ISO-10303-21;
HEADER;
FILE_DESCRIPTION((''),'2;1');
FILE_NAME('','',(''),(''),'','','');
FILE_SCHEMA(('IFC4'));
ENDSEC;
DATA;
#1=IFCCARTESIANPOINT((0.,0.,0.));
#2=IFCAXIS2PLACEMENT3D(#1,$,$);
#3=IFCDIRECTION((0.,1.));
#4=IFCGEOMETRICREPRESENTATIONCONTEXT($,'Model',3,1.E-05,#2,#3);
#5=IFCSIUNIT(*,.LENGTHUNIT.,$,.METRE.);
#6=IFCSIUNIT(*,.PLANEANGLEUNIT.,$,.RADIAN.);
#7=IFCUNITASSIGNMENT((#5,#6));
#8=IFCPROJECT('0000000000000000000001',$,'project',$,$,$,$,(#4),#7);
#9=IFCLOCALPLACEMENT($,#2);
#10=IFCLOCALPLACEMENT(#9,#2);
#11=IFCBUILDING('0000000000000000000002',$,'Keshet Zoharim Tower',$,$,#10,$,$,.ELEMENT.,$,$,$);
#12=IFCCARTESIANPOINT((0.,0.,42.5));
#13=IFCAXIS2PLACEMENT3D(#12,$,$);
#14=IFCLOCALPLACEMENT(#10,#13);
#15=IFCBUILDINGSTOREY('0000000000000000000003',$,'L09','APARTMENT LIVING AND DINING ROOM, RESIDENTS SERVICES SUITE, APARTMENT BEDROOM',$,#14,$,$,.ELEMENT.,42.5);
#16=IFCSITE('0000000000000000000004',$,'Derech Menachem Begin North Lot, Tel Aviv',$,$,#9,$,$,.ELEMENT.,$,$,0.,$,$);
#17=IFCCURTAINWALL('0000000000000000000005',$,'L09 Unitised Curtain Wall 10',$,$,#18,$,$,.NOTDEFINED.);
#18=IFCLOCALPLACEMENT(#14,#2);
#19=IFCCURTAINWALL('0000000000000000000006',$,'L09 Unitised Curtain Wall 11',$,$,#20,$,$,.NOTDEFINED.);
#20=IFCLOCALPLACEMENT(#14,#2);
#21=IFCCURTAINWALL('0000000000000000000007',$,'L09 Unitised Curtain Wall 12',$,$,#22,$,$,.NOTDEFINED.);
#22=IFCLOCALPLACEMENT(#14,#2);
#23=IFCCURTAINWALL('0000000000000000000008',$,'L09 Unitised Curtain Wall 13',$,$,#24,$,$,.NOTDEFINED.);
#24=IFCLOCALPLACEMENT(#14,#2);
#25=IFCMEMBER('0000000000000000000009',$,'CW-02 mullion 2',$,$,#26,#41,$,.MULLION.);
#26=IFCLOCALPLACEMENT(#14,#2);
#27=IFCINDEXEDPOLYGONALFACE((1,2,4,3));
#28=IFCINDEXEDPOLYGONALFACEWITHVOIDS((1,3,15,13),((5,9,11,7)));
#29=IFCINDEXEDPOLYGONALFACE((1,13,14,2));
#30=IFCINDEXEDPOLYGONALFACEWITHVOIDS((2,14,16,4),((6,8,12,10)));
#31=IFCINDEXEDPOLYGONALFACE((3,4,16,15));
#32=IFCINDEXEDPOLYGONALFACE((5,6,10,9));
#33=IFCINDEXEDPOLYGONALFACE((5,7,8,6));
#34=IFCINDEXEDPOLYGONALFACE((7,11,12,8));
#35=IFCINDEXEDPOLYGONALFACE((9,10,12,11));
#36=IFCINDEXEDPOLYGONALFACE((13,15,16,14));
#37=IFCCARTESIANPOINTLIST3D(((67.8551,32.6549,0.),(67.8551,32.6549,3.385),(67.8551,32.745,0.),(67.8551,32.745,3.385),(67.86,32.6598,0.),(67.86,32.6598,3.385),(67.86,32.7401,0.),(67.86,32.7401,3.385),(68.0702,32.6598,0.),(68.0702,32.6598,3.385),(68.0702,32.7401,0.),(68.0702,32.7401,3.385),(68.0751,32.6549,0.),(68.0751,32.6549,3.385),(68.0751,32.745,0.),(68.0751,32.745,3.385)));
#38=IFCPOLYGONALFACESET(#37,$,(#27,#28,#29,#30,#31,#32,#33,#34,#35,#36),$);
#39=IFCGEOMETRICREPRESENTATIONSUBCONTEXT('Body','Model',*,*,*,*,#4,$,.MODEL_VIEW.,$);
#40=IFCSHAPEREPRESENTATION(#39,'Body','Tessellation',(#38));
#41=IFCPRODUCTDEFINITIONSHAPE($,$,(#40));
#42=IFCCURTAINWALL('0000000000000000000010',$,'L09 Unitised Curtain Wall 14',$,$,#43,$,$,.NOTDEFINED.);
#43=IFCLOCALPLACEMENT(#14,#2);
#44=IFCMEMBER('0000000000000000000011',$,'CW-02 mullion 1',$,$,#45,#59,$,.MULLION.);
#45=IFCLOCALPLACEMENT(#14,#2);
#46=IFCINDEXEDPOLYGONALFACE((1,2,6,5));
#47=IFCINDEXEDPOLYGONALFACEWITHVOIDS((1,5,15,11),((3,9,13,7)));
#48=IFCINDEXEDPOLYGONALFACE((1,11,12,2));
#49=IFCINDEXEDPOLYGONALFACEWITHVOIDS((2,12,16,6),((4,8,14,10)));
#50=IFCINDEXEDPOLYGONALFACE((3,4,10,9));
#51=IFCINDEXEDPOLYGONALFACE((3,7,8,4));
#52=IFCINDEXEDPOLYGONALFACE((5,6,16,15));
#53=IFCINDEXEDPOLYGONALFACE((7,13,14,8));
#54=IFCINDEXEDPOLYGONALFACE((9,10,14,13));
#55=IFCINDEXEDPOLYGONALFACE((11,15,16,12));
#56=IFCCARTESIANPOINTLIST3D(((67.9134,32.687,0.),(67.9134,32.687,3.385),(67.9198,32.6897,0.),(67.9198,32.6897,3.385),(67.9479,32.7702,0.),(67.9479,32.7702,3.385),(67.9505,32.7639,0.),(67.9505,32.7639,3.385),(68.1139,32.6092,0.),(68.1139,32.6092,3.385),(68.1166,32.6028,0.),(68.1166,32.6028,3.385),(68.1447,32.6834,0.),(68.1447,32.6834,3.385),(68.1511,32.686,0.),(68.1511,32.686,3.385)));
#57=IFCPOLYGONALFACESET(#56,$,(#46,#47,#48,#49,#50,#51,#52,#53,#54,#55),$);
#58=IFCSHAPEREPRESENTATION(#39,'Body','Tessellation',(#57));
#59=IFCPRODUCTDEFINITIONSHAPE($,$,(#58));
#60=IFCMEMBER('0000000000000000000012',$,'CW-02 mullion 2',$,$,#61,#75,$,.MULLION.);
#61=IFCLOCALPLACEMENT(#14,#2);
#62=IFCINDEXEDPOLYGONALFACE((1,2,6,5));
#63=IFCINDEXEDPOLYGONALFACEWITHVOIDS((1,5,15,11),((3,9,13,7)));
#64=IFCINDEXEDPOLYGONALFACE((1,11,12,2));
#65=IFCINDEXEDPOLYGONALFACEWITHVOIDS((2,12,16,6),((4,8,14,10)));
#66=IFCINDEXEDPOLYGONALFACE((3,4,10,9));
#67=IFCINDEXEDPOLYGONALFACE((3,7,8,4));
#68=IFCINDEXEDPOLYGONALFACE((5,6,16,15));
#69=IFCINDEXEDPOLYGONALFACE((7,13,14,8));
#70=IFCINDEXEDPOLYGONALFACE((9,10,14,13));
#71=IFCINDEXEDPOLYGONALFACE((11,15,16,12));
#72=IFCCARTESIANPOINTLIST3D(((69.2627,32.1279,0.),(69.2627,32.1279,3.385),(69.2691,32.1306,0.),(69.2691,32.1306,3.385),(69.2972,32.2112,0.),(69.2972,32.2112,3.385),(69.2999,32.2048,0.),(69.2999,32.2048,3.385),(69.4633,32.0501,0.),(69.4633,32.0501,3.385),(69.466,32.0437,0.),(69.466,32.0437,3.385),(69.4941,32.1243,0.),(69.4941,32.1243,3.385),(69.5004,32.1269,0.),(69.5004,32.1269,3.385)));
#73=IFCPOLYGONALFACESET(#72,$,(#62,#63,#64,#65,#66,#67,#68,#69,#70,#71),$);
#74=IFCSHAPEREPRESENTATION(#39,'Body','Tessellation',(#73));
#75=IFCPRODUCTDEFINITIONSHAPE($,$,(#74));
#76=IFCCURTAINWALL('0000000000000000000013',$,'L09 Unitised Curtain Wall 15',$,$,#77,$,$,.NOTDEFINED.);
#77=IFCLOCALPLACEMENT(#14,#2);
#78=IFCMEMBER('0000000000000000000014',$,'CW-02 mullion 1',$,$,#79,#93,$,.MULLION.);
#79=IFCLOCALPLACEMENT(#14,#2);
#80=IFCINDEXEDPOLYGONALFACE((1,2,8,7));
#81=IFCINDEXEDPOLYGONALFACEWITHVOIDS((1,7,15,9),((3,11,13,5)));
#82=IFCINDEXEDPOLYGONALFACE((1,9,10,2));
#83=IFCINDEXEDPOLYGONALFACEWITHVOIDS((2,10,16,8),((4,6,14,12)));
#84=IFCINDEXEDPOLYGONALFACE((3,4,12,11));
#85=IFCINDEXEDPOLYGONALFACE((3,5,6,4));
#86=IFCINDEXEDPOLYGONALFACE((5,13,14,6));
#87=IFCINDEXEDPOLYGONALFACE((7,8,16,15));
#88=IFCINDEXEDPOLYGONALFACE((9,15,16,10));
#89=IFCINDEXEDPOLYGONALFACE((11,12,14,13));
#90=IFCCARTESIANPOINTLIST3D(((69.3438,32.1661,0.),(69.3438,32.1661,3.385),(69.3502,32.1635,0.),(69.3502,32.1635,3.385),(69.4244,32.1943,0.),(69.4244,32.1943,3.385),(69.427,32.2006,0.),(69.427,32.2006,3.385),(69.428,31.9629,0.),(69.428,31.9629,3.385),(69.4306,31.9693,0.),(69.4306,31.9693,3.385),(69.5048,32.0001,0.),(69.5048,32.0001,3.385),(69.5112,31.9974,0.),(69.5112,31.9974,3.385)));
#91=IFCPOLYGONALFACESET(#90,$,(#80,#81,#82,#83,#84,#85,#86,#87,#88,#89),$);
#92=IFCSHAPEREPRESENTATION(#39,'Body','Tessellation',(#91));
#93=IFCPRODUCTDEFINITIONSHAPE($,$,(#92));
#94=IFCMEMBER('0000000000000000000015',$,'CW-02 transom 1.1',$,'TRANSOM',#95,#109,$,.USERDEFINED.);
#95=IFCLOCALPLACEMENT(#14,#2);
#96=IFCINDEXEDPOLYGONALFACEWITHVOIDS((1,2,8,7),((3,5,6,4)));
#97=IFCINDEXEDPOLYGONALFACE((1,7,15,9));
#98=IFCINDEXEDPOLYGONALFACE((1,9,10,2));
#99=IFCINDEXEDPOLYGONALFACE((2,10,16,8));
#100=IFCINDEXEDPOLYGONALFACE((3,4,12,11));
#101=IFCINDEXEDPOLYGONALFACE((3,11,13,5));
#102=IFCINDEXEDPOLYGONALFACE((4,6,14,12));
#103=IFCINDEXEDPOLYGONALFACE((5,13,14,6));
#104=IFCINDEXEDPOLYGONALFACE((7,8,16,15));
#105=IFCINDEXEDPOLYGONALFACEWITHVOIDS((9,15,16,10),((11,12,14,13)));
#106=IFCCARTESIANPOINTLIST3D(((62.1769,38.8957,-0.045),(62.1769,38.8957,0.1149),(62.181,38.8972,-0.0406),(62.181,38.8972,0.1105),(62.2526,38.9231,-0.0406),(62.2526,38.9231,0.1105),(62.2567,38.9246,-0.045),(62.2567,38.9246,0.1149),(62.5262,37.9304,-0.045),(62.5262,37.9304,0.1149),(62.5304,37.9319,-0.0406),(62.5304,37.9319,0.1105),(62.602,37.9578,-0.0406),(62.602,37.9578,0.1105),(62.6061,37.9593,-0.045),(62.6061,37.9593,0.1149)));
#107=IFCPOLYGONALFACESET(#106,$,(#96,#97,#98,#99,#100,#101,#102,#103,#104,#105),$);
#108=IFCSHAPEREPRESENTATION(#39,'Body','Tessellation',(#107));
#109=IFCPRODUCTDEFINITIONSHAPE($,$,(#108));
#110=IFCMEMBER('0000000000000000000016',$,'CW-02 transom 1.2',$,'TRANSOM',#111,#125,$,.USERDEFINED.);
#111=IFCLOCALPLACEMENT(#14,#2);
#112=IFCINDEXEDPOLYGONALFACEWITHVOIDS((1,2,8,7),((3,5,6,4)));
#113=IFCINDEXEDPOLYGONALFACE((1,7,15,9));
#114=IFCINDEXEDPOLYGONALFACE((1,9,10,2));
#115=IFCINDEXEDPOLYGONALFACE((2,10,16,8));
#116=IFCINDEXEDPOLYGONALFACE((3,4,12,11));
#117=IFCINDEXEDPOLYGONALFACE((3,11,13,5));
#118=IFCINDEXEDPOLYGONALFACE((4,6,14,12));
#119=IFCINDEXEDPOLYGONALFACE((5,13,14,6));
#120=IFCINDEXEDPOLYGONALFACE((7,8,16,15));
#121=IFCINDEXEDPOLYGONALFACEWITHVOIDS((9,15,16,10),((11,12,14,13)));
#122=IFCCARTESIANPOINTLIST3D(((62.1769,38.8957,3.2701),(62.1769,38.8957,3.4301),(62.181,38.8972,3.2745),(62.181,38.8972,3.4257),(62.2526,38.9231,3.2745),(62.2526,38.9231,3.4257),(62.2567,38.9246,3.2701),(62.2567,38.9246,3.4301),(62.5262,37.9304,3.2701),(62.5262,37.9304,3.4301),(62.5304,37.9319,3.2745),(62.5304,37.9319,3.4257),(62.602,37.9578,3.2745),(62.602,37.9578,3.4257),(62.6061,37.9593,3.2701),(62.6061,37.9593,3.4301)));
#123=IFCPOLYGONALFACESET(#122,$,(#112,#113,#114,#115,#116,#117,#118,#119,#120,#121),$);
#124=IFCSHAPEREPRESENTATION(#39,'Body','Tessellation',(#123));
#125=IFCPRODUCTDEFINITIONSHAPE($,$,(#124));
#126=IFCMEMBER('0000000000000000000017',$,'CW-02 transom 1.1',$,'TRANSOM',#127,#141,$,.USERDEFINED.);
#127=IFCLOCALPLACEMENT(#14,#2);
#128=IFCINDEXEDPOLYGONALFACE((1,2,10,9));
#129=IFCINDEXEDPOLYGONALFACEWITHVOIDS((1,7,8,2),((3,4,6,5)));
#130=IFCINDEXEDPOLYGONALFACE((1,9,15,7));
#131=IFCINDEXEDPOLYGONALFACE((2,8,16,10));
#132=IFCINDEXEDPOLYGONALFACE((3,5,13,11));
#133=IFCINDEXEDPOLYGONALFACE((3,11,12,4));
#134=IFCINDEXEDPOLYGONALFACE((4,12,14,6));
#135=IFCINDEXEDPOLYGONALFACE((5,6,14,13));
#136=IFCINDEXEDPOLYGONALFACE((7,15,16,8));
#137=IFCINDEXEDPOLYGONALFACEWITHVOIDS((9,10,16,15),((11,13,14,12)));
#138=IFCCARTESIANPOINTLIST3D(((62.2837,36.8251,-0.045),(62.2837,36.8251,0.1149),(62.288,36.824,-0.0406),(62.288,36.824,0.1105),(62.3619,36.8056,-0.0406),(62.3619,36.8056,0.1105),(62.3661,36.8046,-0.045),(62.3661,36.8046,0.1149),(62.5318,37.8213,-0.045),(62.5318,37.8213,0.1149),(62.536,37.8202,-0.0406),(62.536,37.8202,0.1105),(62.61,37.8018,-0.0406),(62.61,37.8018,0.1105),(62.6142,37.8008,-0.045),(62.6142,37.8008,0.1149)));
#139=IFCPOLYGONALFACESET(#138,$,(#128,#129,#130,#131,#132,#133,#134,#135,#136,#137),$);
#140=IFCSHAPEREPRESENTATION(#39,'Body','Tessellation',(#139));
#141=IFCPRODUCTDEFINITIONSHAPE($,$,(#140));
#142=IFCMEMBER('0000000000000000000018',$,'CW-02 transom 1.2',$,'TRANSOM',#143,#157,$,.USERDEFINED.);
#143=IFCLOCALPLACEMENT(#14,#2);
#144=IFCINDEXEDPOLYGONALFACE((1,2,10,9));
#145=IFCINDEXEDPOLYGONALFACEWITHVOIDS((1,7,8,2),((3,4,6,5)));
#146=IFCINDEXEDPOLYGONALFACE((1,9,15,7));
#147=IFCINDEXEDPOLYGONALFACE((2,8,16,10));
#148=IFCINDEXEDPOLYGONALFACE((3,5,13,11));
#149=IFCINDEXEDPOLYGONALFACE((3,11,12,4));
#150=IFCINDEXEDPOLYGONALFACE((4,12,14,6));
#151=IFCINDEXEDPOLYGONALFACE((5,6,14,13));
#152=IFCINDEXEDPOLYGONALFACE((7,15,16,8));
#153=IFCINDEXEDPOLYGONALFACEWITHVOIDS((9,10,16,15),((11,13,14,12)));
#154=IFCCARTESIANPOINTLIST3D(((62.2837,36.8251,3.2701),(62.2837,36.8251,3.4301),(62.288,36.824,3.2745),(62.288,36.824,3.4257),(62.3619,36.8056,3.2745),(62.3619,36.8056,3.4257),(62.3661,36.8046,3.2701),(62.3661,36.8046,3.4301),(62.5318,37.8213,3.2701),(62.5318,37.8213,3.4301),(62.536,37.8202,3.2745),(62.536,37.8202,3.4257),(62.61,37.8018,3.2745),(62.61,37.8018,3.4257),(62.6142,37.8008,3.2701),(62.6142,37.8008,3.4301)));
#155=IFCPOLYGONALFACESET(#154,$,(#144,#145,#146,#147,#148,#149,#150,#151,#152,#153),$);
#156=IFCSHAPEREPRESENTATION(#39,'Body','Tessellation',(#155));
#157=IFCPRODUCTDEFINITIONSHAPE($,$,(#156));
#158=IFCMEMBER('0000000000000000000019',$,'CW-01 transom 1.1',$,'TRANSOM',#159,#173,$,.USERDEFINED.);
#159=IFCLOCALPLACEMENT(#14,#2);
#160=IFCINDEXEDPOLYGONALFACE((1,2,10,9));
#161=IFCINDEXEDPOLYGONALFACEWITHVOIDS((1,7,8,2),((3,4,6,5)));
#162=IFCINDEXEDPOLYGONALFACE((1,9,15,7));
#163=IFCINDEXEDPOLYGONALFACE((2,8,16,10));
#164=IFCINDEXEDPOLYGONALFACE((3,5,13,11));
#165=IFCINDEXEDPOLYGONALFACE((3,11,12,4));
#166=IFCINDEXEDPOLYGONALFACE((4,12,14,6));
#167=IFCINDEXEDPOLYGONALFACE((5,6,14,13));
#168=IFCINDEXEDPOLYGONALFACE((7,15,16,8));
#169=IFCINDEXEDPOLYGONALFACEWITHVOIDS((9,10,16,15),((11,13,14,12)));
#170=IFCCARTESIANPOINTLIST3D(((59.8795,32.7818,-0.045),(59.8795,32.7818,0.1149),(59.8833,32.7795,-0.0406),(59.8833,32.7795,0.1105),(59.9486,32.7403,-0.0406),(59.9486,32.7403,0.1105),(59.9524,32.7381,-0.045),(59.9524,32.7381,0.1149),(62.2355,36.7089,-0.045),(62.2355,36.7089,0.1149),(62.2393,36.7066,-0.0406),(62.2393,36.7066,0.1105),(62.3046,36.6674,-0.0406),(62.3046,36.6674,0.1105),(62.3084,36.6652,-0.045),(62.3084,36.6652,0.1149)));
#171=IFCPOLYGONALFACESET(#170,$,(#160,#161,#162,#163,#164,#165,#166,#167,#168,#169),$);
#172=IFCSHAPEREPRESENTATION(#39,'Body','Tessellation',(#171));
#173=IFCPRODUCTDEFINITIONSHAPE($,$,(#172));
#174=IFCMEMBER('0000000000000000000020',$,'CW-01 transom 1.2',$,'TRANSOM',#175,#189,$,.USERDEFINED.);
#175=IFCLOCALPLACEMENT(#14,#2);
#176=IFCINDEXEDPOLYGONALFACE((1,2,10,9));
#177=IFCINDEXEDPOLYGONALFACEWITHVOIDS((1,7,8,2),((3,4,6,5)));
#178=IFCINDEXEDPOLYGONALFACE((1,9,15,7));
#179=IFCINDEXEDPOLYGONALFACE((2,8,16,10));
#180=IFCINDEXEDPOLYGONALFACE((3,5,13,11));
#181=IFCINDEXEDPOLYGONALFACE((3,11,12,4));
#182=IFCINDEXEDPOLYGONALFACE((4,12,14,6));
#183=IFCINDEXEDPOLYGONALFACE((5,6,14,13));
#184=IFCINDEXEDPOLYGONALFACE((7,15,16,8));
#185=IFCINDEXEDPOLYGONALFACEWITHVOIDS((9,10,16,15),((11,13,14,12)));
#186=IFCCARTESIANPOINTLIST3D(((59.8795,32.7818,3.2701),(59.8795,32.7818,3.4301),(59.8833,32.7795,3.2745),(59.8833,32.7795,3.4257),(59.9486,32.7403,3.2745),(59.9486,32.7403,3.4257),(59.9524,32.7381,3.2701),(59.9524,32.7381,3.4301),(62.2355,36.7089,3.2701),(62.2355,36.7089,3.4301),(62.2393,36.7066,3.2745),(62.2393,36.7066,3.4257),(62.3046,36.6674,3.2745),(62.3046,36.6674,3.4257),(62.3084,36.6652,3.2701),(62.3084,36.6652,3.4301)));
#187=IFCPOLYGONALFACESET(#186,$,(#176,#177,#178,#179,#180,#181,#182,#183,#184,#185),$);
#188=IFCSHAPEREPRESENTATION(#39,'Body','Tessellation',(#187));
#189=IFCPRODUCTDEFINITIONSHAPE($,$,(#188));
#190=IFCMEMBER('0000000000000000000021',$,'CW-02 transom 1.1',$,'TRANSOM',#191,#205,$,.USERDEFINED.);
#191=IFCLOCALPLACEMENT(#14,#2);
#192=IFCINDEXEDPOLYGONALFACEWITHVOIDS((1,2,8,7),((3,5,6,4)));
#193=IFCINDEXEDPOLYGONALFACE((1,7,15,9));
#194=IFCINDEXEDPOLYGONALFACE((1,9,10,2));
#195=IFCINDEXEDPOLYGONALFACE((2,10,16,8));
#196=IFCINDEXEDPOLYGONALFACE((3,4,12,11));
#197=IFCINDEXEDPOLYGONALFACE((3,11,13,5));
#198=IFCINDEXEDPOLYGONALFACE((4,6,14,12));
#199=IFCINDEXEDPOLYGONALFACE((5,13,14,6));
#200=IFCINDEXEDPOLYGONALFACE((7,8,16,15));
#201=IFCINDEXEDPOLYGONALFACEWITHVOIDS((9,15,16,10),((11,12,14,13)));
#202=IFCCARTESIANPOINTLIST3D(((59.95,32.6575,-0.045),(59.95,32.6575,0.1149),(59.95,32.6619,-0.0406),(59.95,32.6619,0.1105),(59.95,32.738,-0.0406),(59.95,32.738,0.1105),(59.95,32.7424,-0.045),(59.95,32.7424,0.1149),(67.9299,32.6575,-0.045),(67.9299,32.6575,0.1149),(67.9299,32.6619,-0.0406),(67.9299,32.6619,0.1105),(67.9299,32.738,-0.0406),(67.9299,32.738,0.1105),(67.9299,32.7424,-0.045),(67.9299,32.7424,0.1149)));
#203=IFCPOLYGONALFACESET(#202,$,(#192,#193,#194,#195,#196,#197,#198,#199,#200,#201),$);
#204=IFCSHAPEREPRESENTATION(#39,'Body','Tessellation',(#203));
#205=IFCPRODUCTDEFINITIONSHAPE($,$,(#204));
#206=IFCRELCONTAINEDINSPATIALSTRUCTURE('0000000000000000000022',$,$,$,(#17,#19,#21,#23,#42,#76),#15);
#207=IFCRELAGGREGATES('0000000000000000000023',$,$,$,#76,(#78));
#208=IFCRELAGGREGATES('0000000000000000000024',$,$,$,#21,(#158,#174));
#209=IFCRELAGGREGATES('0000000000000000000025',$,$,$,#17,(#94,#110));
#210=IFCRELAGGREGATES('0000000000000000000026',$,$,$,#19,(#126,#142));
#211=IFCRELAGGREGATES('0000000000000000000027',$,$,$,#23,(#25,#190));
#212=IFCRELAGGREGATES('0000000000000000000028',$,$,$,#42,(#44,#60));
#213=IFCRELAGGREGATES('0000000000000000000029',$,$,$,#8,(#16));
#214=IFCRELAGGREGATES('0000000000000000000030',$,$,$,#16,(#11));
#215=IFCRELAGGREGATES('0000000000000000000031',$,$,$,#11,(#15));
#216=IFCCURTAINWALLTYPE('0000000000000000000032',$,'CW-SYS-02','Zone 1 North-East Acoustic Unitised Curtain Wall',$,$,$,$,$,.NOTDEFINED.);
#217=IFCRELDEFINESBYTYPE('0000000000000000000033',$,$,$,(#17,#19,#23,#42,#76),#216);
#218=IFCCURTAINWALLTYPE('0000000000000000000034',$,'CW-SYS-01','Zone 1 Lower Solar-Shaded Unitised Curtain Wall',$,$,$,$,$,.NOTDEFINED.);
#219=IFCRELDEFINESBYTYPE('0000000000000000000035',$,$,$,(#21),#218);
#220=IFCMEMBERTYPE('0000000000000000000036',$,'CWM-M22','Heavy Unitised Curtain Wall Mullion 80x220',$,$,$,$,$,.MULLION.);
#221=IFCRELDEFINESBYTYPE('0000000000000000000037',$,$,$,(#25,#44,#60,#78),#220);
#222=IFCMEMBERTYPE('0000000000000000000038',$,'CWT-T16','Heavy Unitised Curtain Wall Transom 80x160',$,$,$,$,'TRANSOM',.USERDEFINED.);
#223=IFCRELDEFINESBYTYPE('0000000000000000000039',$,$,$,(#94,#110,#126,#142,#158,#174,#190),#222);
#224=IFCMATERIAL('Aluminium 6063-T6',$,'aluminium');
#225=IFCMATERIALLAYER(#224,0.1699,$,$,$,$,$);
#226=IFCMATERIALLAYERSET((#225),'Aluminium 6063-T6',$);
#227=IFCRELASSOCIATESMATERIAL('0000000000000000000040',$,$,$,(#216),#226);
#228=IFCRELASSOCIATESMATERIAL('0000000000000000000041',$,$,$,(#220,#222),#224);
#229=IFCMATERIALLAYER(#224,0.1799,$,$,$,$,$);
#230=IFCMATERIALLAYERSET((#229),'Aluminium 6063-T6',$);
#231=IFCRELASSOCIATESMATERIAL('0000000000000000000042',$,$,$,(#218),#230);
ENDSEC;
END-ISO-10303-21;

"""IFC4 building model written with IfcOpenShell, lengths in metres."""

from ifc_helpers import new_model, si_unit, direction, frame, origin, origin_2d, place, context, subcontext, project, spatial, hollow_rectangle, extrude, material, layer, layer_set, material_profile, profile_set, type_object, element, aggregate, save


model = new_model("IFC4")

# Units and contexts
model_context = context("Model", 3, precision=1e-05, world=origin(), true_north=direction((0.0, 1.0)))
body_context = subcontext(model_context, "Body", "Model", "MODEL_VIEW")
ifc_project = project(units=[si_unit("LENGTHUNIT", "METRE"), si_unit("PLANEANGLEUNIT", "RADIAN")], contexts=[model_context])

# Site, building, storey
site_placement = place(None, origin())
site = spatial("IfcSite", under=ifc_project, at=site_placement, Name="Derech Menachem Begin North Lot, Tel Aviv", CompositionType="ELEMENT", RefElevation=0.0)
building_placement = place(site_placement, origin())
building = spatial("IfcBuilding", under=site, at=building_placement, Name="Keshet Zoharim Tower", CompositionType="ELEMENT")
storey_placement = place(building_placement, frame((0.0, 0.0, 42.5)))
storey = spatial("IfcBuildingStorey", under=building, at=storey_placement, Name="L09", Description="APARTMENT LIVING AND DINING ROOM, RESIDENTS SERVICES SUITE, APARTMENT BEDROOM", CompositionType="ELEMENT", Elevation=42.5)

# Shared definitions
ifc_material_1 = material(Name="Aluminium 6063-T6", Category="aluminium")
ifc_layer_1 = layer(ifc_material_1, 0.1699)
ifc_layer_set_1 = layer_set([ifc_layer_1], Name="Aluminium 6063-T6")
curtain_wall_type_1 = type_object("IfcCurtainWallType", Name="CW-SYS-02", Description="Zone 1 North-East Acoustic Unitised Curtain Wall", PredefinedType="NOTDEFINED", material=ifc_layer_set_1)
ifc_material_profile_1 = material_profile(ifc_material_1, hollow_rectangle(XDim=0.0901, YDim=0.22, WallThickness=0.0049, at=origin_2d()), Name="MUL-90x220")
ifc_profile_set_1 = profile_set([ifc_material_profile_1], Name="Aluminium 6063-T6")
member_type_1 = type_object("IfcMemberType", Name="CWM-M22", Description="Heavy Unitised Curtain Wall Mullion 80x220", PredefinedType="MULLION", material=ifc_profile_set_1)

# Curtain walls, members
curtain_wall_1_placement = place(storey_placement, origin())
curtain_wall_1 = element("IfcCurtainWall", 1, at=curtain_wall_1_placement, inside=storey, type_object=curtain_wall_type_1, Name="L09 Unitised Curtain Wall 10", PredefinedType="NOTDEFINED")
curtain_wall_2_placement = place(storey_placement, origin())
curtain_wall_2 = element("IfcCurtainWall", 2, at=curtain_wall_2_placement, inside=storey, type_object=curtain_wall_type_1, Name="L09 Unitised Curtain Wall 11", PredefinedType="NOTDEFINED")
ifc_layer_2 = layer(ifc_material_1, 0.1799)
ifc_layer_set_2 = layer_set([ifc_layer_2], Name="Aluminium 6063-T6")
curtain_wall_type_2 = type_object("IfcCurtainWallType", Name="CW-SYS-01", Description="Zone 1 Lower Solar-Shaded Unitised Curtain Wall", PredefinedType="NOTDEFINED", material=ifc_layer_set_2)
curtain_wall_3_placement = place(storey_placement, origin())
curtain_wall_3 = element("IfcCurtainWall", 3, at=curtain_wall_3_placement, inside=storey, type_object=curtain_wall_type_2, Name="L09 Unitised Curtain Wall 12", PredefinedType="NOTDEFINED")
curtain_wall_4_placement = place(storey_placement, origin())
curtain_wall_4 = element("IfcCurtainWall", 4, at=curtain_wall_4_placement, inside=storey, type_object=curtain_wall_type_1, Name="L09 Unitised Curtain Wall 13", PredefinedType="NOTDEFINED")
member_1_placement = place(storey_placement, frame((67.9651, 32.7, 0.0), z_axis=(0.0, 0.0, 1.0), x_axis=(0.0, 1.0, 0.0)))
member_1 = element("IfcMember", 5, at=member_1_placement, type_object=member_type_1, Name="CW-02 mullion 2", PredefinedType="MULLION", context=body_context, shape_type="SweptSolid", body=[
    extrude(hollow_rectangle(XDim=0.0901, YDim=0.22, WallThickness=0.0049, at=origin_2d()), origin(), (0.0, 0.0, 1.0), 3.385),
])
curtain_wall_5_placement = place(storey_placement, origin())
curtain_wall_5 = element("IfcCurtainWall", 6, at=curtain_wall_5_placement, inside=storey, type_object=curtain_wall_type_1, Name="L09 Unitised Curtain Wall 14", PredefinedType="NOTDEFINED")
member_2_placement = place(storey_placement, frame((68.0322, 32.6865, 0.0), z_axis=(0.0, 0.0, 1.0), x_axis=(0.382852, 0.92381, 0.0)))
member_2 = element("IfcMember", 7, at=member_2_placement, type_object=member_type_1, Name="CW-02 mullion 1", PredefinedType="MULLION", context=body_context, shape_type="SweptSolid", body=[
    extrude(hollow_rectangle(XDim=0.0901, YDim=0.22, WallThickness=0.0049, at=origin_2d()), origin(), (0.0, 0.0, 1.0), 3.385),
])
member_3_placement = place(storey_placement, frame((69.3816, 32.1274, 0.0), z_axis=(0.0, 0.0, 1.0), x_axis=(0.382852, 0.92381, 0.0)))
member_3 = element("IfcMember", 8, at=member_3_placement, type_object=member_type_1, Name="CW-02 mullion 2", PredefinedType="MULLION", context=body_context, shape_type="SweptSolid", body=[
    extrude(hollow_rectangle(XDim=0.0901, YDim=0.22, WallThickness=0.0049, at=origin_2d()), origin(), (0.0, 0.0, 1.0), 3.385),
])

# Curtain wall, member
curtain_wall_6_placement = place(storey_placement, origin())
curtain_wall_6 = element("IfcCurtainWall", 9, at=curtain_wall_6_placement, inside=storey, type_object=curtain_wall_type_1, Name="L09 Unitised Curtain Wall 15", PredefinedType="NOTDEFINED")
member_4_placement = place(storey_placement, frame((69.4275, 32.0818, 0.0), z_axis=(0.0, 0.0, 1.0), x_axis=(0.92381, 0.382852, 0.0)))
member_4 = element("IfcMember", 10, at=member_4_placement, type_object=member_type_1, Name="CW-02 mullion 1", PredefinedType="MULLION", context=body_context, shape_type="SweptSolid", body=[
    extrude(hollow_rectangle(XDim=0.0901, YDim=0.22, WallThickness=0.0049, at=origin_2d()), origin(), (0.0, 0.0, 1.0), 3.385),
])

# Members
ifc_material_profile_2 = material_profile(ifc_material_1, hollow_rectangle(XDim=0.085, YDim=0.1599, WallThickness=0.0044, at=origin_2d()), Name="TRN-85x160")
ifc_profile_set_2 = profile_set([ifc_material_profile_2], Name="Aluminium 6063-T6")
member_type_2 = type_object("IfcMemberType", Name="CWT-T16", Description="Heavy Unitised Curtain Wall Transom 80x160", ElementType="TRANSOM", PredefinedType="USERDEFINED", material=ifc_profile_set_2)
member_5_placement = place(storey_placement, frame((62.2168, 38.9102, 0.0349), z_axis=(0.340311, -0.940313, 0.0), x_axis=(0.940313, 0.340311, 0.0)))
member_5 = element("IfcMember", 11, at=member_5_placement, type_object=member_type_2, Name="CW-02 transom 1.1", ObjectType="TRANSOM", PredefinedType="USERDEFINED", context=body_context, shape_type="SweptSolid", body=[
    extrude(hollow_rectangle(XDim=0.085, YDim=0.1599, WallThickness=0.0044, at=origin_2d()), origin(), (0.0, 0.0, 1.0), 1.0266),
])
member_6_placement = place(storey_placement, frame((62.2168, 38.9102, 3.3501), z_axis=(0.340311, -0.940313, 0.0), x_axis=(0.940313, 0.340311, 0.0)))
member_6 = element("IfcMember", 12, at=member_6_placement, type_object=member_type_2, Name="CW-02 transom 1.2", ObjectType="TRANSOM", PredefinedType="USERDEFINED", context=body_context, shape_type="SweptSolid", body=[
    extrude(hollow_rectangle(XDim=0.085, YDim=0.1599, WallThickness=0.0044, at=origin_2d()), origin(), (0.0, 0.0, 1.0), 1.0266),
])
member_7_placement = place(storey_placement, frame((62.573, 37.811, 0.0349), z_axis=(-0.24164, -0.970366, 0.0), x_axis=(0.970366, -0.24164, 0.0)))
member_7 = element("IfcMember", 13, at=member_7_placement, type_object=member_type_2, Name="CW-02 transom 1.1", ObjectType="TRANSOM", PredefinedType="USERDEFINED", context=body_context, shape_type="SweptSolid", body=[
    extrude(hollow_rectangle(XDim=0.085, YDim=0.1599, WallThickness=0.0044, at=origin_2d()), origin(), (0.0, 0.0, 1.0), 1.0266),
])
member_8_placement = place(storey_placement, frame((62.573, 37.811, 3.3501), z_axis=(-0.24164, -0.970366, 0.0), x_axis=(0.970366, -0.24164, 0.0)))
member_8 = element("IfcMember", 14, at=member_8_placement, type_object=member_type_2, Name="CW-02 transom 1.2", ObjectType="TRANSOM", PredefinedType="USERDEFINED", context=body_context, shape_type="SweptSolid", body=[
    extrude(hollow_rectangle(XDim=0.085, YDim=0.1599, WallThickness=0.0044, at=origin_2d()), origin(), (0.0, 0.0, 1.0), 1.0266),
])
member_9_placement = place(storey_placement, frame((62.272, 36.687, 0.0349), z_axis=(-0.514457, -0.857516, 0.0), x_axis=(0.857516, -0.514457, 0.0)))
member_9 = element("IfcMember", 15, at=member_9_placement, type_object=member_type_2, Name="CW-01 transom 1.1", ObjectType="TRANSOM", PredefinedType="USERDEFINED", context=body_context, shape_type="SweptSolid", body=[
    extrude(hollow_rectangle(XDim=0.085, YDim=0.1599, WallThickness=0.0044, at=origin_2d()), origin(), (0.0, 0.0, 1.0), 4.5796),
])
member_10_placement = place(storey_placement, frame((62.272, 36.687, 3.3501), z_axis=(-0.514457, -0.857516, 0.0), x_axis=(0.857516, -0.514457, 0.0)))
member_10 = element("IfcMember", 16, at=member_10_placement, type_object=member_type_2, Name="CW-01 transom 1.2", ObjectType="TRANSOM", PredefinedType="USERDEFINED", context=body_context, shape_type="SweptSolid", body=[
    extrude(hollow_rectangle(XDim=0.085, YDim=0.1599, WallThickness=0.0044, at=origin_2d()), origin(), (0.0, 0.0, 1.0), 4.5796),
])
member_11_placement = place(storey_placement, frame((59.95, 32.7, 0.0349), z_axis=(1.0, 0.0, 0.0), x_axis=(0.0, 1.0, 0.0)))
member_11 = element("IfcMember", 17, at=member_11_placement, type_object=member_type_2, Name="CW-02 transom 1.1", ObjectType="TRANSOM", PredefinedType="USERDEFINED", context=body_context, shape_type="SweptSolid", body=[
    extrude(hollow_rectangle(XDim=0.085, YDim=0.1599, WallThickness=0.0044, at=origin_2d()), origin(), (0.0, 0.0, 1.0), 7.98),
])
aggregate(curtain_wall_6, [member_4])

aggregate(curtain_wall_3, [member_9, member_10])
aggregate(curtain_wall_1, [member_5, member_6])
aggregate(curtain_wall_2, [member_7, member_8])
aggregate(curtain_wall_4, [member_1, member_11])
aggregate(curtain_wall_5, [member_2, member_3])

save(model, "model.ifc")
